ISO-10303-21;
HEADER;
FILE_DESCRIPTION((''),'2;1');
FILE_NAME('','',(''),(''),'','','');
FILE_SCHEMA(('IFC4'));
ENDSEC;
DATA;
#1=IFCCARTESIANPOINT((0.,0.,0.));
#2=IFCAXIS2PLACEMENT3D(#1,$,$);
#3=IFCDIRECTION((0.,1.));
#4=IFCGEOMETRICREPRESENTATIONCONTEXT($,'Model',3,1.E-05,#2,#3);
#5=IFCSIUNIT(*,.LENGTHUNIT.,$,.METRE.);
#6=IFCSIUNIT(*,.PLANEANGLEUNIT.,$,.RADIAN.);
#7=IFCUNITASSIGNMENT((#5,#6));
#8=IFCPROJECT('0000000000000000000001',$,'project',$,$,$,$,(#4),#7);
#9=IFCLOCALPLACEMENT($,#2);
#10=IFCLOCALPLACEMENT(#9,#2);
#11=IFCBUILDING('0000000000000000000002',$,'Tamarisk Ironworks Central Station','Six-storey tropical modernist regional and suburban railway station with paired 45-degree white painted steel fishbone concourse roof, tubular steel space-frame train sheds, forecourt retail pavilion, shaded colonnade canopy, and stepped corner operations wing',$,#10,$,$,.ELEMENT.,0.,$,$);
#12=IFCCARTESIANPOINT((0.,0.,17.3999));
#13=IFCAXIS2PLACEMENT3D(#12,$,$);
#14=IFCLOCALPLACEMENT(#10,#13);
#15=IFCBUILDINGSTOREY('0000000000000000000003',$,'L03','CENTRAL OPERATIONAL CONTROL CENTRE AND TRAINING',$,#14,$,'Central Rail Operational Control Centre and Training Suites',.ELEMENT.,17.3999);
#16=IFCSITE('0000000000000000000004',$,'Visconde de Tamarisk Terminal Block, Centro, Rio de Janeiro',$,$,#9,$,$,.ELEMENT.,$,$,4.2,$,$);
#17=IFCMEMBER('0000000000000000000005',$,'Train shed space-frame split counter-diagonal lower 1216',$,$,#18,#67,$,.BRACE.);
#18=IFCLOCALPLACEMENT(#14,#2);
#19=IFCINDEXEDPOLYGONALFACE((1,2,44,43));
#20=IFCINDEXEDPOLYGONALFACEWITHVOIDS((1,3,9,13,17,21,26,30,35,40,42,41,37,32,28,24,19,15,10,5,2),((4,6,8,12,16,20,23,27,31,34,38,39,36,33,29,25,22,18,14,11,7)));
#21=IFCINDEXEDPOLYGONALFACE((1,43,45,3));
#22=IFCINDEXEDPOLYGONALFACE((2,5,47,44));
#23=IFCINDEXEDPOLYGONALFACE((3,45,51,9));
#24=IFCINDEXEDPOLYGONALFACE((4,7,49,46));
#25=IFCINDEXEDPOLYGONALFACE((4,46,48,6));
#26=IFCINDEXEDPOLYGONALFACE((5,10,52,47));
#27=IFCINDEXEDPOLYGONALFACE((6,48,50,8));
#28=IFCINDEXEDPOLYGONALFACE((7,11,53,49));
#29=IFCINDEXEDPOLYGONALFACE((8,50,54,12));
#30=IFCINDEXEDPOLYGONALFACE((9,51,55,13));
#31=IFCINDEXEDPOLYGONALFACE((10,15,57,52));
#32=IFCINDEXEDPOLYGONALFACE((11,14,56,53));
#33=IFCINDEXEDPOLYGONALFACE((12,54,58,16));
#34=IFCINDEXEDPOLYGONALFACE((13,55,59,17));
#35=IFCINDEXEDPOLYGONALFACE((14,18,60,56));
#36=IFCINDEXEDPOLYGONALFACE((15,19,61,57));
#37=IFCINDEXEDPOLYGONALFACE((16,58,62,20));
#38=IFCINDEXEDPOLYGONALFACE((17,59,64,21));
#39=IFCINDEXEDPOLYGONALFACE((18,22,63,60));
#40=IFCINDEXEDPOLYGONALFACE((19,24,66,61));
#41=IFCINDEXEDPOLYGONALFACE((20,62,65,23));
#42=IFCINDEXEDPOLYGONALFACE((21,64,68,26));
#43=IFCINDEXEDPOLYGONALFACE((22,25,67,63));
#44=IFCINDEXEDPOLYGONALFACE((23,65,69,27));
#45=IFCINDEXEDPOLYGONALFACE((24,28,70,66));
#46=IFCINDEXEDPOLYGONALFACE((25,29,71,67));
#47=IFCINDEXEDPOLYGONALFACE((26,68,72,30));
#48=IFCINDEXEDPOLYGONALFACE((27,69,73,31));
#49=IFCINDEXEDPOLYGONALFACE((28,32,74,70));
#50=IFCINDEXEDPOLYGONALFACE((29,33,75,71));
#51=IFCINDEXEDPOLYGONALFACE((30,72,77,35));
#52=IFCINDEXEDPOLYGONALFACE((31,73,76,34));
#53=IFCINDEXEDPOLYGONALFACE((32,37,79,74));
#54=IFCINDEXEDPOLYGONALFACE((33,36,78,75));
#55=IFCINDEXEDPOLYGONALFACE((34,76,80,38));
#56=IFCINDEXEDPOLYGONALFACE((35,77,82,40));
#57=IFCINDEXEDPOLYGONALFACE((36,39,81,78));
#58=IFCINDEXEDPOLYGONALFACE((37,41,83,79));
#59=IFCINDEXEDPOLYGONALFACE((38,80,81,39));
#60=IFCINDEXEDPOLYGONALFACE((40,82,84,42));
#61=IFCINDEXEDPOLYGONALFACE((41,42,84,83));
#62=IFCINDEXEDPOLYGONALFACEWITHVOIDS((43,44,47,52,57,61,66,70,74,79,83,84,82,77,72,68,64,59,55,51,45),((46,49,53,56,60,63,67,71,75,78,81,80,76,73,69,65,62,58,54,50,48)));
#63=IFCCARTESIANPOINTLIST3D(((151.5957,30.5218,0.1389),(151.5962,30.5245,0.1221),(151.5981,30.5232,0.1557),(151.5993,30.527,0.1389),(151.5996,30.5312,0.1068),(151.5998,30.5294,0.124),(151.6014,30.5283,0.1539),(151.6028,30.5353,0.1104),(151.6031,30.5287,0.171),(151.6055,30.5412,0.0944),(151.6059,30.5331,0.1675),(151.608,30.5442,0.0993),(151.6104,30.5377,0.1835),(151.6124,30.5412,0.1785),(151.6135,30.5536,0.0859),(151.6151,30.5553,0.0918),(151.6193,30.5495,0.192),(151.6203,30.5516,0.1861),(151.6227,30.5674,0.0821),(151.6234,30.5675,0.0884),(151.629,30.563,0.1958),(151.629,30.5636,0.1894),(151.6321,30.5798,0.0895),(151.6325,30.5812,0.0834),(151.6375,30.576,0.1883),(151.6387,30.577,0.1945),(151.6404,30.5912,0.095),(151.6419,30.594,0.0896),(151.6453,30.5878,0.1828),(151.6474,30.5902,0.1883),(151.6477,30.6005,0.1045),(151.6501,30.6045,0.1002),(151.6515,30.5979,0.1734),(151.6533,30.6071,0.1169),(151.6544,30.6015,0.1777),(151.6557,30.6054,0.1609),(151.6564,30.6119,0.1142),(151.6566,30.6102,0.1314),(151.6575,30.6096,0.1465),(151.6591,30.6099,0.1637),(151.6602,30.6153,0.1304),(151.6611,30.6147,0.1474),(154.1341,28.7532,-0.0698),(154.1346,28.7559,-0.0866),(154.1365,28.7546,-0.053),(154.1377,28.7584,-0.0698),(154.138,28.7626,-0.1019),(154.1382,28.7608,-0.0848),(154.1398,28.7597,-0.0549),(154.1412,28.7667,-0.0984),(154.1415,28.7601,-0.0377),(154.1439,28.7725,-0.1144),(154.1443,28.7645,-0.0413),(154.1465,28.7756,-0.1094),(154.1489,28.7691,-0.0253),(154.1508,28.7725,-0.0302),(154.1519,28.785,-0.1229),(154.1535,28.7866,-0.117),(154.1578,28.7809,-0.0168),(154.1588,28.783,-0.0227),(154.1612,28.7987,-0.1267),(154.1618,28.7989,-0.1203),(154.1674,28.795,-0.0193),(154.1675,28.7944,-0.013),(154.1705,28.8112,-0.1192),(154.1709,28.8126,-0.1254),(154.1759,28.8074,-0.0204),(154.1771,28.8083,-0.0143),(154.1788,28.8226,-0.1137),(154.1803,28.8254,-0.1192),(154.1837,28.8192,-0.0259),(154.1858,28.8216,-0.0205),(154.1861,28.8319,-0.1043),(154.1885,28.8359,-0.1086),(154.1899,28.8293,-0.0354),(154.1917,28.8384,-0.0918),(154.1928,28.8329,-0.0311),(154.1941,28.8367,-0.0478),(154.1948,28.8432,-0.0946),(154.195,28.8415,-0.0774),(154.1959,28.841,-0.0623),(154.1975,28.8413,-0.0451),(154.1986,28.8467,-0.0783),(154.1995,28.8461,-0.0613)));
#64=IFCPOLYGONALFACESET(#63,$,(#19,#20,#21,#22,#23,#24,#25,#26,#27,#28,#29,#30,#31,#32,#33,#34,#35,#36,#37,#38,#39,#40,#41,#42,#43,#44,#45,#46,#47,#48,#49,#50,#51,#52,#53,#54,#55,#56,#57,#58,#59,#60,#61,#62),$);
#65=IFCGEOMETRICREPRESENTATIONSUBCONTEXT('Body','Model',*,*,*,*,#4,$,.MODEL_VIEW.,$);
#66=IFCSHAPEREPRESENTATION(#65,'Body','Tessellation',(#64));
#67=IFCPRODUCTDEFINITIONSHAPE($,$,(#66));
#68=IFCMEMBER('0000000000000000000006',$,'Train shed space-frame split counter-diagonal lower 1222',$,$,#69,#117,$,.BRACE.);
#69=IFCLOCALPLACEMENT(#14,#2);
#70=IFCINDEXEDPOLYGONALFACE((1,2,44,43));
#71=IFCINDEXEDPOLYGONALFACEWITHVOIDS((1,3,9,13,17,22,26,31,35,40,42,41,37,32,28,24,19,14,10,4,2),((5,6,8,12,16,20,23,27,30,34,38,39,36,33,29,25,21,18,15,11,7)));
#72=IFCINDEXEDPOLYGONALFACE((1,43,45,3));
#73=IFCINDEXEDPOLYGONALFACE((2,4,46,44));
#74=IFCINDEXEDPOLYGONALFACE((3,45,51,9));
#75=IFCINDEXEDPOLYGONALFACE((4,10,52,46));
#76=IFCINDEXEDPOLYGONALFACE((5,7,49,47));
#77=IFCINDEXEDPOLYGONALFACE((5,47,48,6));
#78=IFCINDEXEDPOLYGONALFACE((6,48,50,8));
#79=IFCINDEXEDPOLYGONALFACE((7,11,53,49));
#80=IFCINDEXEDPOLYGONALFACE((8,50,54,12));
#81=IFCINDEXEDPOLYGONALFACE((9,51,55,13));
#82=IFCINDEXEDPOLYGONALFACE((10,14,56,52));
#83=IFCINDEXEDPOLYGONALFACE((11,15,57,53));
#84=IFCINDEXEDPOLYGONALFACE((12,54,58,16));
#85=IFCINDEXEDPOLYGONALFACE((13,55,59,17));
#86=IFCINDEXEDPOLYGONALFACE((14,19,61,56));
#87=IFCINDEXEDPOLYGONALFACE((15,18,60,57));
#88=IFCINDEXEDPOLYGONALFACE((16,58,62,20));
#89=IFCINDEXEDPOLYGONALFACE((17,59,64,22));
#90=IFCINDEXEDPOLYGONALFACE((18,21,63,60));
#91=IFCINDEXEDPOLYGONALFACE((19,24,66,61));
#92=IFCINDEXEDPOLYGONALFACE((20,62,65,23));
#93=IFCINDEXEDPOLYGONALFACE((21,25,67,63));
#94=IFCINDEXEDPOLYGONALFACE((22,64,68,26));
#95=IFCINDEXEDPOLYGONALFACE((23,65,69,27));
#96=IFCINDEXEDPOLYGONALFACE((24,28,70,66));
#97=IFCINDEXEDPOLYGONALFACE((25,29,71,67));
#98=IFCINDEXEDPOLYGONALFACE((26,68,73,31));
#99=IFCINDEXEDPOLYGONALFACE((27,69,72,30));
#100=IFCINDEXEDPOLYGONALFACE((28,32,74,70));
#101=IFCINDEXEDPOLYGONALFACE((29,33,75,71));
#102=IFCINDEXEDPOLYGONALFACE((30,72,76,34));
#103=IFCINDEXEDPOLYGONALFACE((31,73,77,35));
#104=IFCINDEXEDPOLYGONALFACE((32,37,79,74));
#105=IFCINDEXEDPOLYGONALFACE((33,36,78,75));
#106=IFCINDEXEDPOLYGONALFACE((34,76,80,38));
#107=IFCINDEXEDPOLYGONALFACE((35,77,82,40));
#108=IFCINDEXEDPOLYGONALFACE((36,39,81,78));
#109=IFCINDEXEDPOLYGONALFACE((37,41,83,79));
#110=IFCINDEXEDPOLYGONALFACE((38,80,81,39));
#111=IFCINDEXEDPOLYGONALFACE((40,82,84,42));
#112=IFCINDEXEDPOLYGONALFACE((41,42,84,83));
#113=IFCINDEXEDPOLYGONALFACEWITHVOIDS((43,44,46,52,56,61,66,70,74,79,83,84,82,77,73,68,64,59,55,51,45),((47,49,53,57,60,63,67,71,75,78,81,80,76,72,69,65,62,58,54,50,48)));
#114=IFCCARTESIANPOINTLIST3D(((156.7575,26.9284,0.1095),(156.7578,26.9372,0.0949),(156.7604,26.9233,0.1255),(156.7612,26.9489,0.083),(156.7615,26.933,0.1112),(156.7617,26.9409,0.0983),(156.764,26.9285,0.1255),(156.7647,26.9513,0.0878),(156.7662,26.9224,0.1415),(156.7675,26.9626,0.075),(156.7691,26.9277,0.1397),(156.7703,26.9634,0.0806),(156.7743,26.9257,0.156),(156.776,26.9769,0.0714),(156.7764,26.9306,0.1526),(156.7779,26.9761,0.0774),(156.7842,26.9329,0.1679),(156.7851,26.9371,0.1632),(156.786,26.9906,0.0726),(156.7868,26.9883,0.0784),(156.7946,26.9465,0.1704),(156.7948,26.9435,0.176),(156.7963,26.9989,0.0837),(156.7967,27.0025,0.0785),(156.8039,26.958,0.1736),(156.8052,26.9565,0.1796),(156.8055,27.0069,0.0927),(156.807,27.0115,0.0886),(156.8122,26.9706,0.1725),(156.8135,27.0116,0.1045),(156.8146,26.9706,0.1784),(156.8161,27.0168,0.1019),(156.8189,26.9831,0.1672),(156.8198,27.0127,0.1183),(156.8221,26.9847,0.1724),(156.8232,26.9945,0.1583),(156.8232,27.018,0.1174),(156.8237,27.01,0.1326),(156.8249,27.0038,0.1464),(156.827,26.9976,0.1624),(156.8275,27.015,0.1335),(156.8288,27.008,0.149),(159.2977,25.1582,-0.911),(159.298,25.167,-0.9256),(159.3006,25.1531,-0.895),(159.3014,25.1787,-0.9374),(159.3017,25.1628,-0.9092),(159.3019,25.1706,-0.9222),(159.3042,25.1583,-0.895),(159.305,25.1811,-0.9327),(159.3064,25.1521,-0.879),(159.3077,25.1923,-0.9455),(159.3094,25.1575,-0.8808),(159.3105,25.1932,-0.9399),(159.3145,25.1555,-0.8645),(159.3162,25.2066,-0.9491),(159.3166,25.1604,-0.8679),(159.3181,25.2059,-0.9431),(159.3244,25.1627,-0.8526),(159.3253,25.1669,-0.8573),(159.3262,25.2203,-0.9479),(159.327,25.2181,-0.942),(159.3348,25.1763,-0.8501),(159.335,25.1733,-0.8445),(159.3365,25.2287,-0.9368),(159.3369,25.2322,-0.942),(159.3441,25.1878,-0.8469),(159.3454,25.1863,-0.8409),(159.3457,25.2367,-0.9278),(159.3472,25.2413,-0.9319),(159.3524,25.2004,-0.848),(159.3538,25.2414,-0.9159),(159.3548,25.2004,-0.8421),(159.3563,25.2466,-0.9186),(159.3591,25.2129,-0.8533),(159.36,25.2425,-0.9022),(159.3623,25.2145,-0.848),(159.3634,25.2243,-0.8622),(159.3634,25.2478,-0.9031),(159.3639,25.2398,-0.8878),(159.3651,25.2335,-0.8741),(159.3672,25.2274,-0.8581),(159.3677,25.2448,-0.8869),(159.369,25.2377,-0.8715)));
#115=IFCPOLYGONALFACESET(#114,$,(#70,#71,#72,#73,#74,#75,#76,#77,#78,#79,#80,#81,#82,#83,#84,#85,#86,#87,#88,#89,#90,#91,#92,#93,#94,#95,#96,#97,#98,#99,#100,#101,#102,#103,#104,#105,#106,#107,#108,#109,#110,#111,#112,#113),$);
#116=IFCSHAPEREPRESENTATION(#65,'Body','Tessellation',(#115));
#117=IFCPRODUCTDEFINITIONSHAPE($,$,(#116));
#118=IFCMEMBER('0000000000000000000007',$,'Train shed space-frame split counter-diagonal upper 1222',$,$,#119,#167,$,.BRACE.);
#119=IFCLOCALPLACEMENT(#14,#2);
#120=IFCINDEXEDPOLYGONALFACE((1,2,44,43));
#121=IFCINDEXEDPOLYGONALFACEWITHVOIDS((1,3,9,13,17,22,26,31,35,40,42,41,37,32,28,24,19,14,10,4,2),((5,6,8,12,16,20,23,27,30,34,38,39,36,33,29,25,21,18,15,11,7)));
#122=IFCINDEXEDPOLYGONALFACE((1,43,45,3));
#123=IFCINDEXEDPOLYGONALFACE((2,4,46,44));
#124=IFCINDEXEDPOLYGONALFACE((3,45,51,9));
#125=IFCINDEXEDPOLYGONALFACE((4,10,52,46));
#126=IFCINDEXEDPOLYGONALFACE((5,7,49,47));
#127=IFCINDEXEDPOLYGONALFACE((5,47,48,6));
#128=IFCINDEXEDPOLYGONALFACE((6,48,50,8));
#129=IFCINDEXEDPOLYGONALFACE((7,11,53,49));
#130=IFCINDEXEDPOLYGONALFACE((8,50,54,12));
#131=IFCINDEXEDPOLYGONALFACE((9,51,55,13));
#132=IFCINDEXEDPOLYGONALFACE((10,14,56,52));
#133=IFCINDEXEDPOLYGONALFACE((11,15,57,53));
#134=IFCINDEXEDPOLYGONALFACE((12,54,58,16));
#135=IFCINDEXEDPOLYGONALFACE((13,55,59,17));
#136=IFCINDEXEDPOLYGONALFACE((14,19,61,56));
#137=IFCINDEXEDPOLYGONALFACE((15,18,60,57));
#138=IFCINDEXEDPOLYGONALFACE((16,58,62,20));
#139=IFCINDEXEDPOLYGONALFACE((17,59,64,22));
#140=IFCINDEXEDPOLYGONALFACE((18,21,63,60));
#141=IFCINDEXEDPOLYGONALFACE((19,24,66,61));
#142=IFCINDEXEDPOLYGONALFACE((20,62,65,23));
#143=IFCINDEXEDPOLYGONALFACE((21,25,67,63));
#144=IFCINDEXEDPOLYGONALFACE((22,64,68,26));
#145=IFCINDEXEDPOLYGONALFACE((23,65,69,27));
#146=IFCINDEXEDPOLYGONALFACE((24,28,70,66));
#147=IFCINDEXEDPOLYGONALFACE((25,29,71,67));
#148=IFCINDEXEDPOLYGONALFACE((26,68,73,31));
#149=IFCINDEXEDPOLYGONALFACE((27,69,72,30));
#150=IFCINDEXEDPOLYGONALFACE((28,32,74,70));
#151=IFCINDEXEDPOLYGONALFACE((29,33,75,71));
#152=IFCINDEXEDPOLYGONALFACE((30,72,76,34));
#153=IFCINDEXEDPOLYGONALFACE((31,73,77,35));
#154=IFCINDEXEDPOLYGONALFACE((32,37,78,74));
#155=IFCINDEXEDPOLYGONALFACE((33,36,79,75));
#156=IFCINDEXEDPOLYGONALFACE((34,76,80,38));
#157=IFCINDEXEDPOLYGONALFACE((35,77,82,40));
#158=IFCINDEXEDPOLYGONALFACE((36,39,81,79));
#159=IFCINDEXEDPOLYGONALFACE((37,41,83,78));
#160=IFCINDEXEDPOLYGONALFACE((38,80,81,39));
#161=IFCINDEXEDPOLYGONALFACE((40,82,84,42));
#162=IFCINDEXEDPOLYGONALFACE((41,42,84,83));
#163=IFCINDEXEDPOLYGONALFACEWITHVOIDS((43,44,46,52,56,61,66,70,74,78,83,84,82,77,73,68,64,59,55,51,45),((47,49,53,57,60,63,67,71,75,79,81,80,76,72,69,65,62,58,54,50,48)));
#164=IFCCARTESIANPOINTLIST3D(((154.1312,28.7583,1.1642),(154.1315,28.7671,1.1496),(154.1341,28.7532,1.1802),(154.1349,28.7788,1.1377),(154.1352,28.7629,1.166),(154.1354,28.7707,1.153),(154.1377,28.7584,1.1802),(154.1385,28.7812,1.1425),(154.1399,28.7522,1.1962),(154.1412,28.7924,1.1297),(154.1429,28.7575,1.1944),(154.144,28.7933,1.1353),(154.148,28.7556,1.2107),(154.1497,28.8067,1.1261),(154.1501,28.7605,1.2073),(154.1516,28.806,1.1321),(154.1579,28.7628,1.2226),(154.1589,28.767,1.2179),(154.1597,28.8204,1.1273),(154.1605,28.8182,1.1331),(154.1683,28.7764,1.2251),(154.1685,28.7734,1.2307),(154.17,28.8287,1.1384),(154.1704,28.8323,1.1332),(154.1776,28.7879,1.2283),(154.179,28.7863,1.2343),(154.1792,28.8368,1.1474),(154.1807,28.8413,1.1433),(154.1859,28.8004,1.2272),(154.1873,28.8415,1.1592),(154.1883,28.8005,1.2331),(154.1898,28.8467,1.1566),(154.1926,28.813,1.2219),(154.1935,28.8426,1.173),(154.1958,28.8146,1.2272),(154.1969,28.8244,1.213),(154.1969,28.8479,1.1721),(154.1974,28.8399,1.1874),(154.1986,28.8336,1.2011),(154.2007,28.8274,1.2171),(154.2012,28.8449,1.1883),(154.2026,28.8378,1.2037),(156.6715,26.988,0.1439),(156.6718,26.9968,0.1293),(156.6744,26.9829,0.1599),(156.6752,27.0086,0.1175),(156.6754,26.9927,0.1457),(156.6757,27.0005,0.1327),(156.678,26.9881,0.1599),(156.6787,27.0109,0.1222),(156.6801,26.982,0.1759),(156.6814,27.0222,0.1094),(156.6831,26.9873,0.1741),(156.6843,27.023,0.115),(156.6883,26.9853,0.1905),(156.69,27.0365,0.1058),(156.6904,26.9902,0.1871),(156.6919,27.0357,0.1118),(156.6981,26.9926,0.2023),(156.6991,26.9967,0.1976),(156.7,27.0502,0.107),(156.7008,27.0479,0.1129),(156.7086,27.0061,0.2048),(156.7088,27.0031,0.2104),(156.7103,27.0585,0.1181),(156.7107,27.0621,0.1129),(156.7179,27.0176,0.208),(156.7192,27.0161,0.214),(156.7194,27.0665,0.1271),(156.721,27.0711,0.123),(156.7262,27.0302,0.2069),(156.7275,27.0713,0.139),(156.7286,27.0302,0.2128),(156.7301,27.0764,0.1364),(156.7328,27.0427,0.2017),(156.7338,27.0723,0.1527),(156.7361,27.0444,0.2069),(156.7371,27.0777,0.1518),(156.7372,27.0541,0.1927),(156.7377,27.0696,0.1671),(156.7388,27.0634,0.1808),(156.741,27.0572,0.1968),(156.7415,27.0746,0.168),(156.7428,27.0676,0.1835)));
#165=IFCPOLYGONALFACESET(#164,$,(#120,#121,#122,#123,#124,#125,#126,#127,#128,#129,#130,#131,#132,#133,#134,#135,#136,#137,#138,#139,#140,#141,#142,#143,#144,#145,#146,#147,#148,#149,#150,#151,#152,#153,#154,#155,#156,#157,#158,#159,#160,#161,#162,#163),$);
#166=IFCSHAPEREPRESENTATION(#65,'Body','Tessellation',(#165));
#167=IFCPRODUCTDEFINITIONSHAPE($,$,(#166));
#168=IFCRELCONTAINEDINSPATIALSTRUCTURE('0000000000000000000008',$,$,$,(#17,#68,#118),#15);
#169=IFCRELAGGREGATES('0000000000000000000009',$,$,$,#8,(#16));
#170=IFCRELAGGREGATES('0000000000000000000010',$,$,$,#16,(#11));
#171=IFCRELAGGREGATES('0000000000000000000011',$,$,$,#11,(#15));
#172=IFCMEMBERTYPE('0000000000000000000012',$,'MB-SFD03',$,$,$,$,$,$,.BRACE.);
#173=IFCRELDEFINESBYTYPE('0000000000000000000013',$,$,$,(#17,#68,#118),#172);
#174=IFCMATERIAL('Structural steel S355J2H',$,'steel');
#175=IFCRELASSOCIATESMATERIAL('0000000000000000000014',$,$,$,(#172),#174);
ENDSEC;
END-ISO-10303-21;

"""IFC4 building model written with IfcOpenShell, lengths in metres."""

from ifc_helpers import new_model, si_unit, direction, frame, origin, origin_2d, place, context, subcontext, project, spatial, hollow_circle, extrude, material, material_profile, profile_set, type_object, element, save


model = new_model("IFC4")

# Units and contexts
model_context = context("Model", 3, precision=1e-05, world=origin(), true_north=direction((0.0, 1.0)))
body_context = subcontext(model_context, "Body", "Model", "MODEL_VIEW")
ifc_project = project(units=[si_unit("LENGTHUNIT", "METRE"), si_unit("PLANEANGLEUNIT", "RADIAN")], contexts=[model_context])

# Site, building, storey
site_placement = place(None, origin())
site = spatial("IfcSite", under=ifc_project, at=site_placement, Name="Visconde de Tamarisk Terminal Block, Centro, Rio de Janeiro", CompositionType="ELEMENT", RefElevation=4.2)
building_placement = place(site_placement, origin())
building = spatial("IfcBuilding", under=site, at=building_placement, Name="Tamarisk Ironworks Central Station", Description="Six-storey tropical modernist regional and suburban railway station with paired 45-degree white painted steel fishbone concourse roof, tubular steel space-frame train sheds, forecourt retail pavilion, shaded colonnade canopy, and stepped corner operations wing", CompositionType="ELEMENT", ElevationOfRefHeight=0.0)
storey_placement = place(building_placement, frame((0.0, 0.0, 17.3999)))
storey = spatial("IfcBuildingStorey", under=building, at=storey_placement, Name="L03", Description="CENTRAL OPERATIONAL CONTROL CENTRE AND TRAINING", LongName="Central Rail Operational Control Centre and Training Suites", CompositionType="ELEMENT", Elevation=17.3999)

# Members
ifc_material = material(Name="Structural steel S355J2H", Category="steel")
ifc_material_profile_1 = material_profile(ifc_material, hollow_circle(Radius=0.0571, WallThickness=0.0063, at=origin_2d()), Name="CHS 114.3x6.3")
ifc_profile_set_1 = profile_set([ifc_material_profile_1], Name="Structural steel S355J2H")
member_type_1 = type_object("IfcMemberType", Name="MB-SFD03", PredefinedType="BRACE", material=ifc_profile_set_1)
member_1_placement = place(storey_placement, frame((154.1667, 28.8, -0.0698), z_axis=(-0.818625, 0.570369, 0.06732), x_axis=(-0.571666, -0.820487, 0.0)))
element("IfcMember", 1, at=member_1_placement, inside=storey, type_object=member_type_1, Name="Train shed space-frame split counter-diagonal lower 1216", PredefinedType="BRACE", context=body_context, shape_type="SweptSolid", body=[
    extrude(hollow_circle(Radius=0.0571, WallThickness=0.0063, at=origin_2d()), origin(), (0.0, 0.0, 1.0), 3.1008),
])
for number, where, z_axis, x_axis, name in (
    (2, (159.3333, 25.2, -0.895), (-0.779202, 0.543008, 0.313029), (-0.571741, -0.820434, 0.0), "Train shed space-frame split counter-diagonal lower 1222"),
    (3, (156.707, 27.0298, 0.1599), (-0.77922, 0.54302, 0.312961), (-0.571741, -0.820434, 0.0), "Train shed space-frame split counter-diagonal upper 1222"),
):
    element("IfcMember", number, at=place(storey_placement, frame(where, z_axis=z_axis, x_axis=x_axis)), inside=storey, type_object=member_type_1, Name=name, PredefinedType="BRACE", context=body_context, shape_type="SweptSolid", body=[
        extrude(hollow_circle(Radius=0.0571, WallThickness=0.0063, at=origin_2d()), origin(), (0.0, 0.0, 1.0), 3.26),
    ])

save(model, "model.ifc")
